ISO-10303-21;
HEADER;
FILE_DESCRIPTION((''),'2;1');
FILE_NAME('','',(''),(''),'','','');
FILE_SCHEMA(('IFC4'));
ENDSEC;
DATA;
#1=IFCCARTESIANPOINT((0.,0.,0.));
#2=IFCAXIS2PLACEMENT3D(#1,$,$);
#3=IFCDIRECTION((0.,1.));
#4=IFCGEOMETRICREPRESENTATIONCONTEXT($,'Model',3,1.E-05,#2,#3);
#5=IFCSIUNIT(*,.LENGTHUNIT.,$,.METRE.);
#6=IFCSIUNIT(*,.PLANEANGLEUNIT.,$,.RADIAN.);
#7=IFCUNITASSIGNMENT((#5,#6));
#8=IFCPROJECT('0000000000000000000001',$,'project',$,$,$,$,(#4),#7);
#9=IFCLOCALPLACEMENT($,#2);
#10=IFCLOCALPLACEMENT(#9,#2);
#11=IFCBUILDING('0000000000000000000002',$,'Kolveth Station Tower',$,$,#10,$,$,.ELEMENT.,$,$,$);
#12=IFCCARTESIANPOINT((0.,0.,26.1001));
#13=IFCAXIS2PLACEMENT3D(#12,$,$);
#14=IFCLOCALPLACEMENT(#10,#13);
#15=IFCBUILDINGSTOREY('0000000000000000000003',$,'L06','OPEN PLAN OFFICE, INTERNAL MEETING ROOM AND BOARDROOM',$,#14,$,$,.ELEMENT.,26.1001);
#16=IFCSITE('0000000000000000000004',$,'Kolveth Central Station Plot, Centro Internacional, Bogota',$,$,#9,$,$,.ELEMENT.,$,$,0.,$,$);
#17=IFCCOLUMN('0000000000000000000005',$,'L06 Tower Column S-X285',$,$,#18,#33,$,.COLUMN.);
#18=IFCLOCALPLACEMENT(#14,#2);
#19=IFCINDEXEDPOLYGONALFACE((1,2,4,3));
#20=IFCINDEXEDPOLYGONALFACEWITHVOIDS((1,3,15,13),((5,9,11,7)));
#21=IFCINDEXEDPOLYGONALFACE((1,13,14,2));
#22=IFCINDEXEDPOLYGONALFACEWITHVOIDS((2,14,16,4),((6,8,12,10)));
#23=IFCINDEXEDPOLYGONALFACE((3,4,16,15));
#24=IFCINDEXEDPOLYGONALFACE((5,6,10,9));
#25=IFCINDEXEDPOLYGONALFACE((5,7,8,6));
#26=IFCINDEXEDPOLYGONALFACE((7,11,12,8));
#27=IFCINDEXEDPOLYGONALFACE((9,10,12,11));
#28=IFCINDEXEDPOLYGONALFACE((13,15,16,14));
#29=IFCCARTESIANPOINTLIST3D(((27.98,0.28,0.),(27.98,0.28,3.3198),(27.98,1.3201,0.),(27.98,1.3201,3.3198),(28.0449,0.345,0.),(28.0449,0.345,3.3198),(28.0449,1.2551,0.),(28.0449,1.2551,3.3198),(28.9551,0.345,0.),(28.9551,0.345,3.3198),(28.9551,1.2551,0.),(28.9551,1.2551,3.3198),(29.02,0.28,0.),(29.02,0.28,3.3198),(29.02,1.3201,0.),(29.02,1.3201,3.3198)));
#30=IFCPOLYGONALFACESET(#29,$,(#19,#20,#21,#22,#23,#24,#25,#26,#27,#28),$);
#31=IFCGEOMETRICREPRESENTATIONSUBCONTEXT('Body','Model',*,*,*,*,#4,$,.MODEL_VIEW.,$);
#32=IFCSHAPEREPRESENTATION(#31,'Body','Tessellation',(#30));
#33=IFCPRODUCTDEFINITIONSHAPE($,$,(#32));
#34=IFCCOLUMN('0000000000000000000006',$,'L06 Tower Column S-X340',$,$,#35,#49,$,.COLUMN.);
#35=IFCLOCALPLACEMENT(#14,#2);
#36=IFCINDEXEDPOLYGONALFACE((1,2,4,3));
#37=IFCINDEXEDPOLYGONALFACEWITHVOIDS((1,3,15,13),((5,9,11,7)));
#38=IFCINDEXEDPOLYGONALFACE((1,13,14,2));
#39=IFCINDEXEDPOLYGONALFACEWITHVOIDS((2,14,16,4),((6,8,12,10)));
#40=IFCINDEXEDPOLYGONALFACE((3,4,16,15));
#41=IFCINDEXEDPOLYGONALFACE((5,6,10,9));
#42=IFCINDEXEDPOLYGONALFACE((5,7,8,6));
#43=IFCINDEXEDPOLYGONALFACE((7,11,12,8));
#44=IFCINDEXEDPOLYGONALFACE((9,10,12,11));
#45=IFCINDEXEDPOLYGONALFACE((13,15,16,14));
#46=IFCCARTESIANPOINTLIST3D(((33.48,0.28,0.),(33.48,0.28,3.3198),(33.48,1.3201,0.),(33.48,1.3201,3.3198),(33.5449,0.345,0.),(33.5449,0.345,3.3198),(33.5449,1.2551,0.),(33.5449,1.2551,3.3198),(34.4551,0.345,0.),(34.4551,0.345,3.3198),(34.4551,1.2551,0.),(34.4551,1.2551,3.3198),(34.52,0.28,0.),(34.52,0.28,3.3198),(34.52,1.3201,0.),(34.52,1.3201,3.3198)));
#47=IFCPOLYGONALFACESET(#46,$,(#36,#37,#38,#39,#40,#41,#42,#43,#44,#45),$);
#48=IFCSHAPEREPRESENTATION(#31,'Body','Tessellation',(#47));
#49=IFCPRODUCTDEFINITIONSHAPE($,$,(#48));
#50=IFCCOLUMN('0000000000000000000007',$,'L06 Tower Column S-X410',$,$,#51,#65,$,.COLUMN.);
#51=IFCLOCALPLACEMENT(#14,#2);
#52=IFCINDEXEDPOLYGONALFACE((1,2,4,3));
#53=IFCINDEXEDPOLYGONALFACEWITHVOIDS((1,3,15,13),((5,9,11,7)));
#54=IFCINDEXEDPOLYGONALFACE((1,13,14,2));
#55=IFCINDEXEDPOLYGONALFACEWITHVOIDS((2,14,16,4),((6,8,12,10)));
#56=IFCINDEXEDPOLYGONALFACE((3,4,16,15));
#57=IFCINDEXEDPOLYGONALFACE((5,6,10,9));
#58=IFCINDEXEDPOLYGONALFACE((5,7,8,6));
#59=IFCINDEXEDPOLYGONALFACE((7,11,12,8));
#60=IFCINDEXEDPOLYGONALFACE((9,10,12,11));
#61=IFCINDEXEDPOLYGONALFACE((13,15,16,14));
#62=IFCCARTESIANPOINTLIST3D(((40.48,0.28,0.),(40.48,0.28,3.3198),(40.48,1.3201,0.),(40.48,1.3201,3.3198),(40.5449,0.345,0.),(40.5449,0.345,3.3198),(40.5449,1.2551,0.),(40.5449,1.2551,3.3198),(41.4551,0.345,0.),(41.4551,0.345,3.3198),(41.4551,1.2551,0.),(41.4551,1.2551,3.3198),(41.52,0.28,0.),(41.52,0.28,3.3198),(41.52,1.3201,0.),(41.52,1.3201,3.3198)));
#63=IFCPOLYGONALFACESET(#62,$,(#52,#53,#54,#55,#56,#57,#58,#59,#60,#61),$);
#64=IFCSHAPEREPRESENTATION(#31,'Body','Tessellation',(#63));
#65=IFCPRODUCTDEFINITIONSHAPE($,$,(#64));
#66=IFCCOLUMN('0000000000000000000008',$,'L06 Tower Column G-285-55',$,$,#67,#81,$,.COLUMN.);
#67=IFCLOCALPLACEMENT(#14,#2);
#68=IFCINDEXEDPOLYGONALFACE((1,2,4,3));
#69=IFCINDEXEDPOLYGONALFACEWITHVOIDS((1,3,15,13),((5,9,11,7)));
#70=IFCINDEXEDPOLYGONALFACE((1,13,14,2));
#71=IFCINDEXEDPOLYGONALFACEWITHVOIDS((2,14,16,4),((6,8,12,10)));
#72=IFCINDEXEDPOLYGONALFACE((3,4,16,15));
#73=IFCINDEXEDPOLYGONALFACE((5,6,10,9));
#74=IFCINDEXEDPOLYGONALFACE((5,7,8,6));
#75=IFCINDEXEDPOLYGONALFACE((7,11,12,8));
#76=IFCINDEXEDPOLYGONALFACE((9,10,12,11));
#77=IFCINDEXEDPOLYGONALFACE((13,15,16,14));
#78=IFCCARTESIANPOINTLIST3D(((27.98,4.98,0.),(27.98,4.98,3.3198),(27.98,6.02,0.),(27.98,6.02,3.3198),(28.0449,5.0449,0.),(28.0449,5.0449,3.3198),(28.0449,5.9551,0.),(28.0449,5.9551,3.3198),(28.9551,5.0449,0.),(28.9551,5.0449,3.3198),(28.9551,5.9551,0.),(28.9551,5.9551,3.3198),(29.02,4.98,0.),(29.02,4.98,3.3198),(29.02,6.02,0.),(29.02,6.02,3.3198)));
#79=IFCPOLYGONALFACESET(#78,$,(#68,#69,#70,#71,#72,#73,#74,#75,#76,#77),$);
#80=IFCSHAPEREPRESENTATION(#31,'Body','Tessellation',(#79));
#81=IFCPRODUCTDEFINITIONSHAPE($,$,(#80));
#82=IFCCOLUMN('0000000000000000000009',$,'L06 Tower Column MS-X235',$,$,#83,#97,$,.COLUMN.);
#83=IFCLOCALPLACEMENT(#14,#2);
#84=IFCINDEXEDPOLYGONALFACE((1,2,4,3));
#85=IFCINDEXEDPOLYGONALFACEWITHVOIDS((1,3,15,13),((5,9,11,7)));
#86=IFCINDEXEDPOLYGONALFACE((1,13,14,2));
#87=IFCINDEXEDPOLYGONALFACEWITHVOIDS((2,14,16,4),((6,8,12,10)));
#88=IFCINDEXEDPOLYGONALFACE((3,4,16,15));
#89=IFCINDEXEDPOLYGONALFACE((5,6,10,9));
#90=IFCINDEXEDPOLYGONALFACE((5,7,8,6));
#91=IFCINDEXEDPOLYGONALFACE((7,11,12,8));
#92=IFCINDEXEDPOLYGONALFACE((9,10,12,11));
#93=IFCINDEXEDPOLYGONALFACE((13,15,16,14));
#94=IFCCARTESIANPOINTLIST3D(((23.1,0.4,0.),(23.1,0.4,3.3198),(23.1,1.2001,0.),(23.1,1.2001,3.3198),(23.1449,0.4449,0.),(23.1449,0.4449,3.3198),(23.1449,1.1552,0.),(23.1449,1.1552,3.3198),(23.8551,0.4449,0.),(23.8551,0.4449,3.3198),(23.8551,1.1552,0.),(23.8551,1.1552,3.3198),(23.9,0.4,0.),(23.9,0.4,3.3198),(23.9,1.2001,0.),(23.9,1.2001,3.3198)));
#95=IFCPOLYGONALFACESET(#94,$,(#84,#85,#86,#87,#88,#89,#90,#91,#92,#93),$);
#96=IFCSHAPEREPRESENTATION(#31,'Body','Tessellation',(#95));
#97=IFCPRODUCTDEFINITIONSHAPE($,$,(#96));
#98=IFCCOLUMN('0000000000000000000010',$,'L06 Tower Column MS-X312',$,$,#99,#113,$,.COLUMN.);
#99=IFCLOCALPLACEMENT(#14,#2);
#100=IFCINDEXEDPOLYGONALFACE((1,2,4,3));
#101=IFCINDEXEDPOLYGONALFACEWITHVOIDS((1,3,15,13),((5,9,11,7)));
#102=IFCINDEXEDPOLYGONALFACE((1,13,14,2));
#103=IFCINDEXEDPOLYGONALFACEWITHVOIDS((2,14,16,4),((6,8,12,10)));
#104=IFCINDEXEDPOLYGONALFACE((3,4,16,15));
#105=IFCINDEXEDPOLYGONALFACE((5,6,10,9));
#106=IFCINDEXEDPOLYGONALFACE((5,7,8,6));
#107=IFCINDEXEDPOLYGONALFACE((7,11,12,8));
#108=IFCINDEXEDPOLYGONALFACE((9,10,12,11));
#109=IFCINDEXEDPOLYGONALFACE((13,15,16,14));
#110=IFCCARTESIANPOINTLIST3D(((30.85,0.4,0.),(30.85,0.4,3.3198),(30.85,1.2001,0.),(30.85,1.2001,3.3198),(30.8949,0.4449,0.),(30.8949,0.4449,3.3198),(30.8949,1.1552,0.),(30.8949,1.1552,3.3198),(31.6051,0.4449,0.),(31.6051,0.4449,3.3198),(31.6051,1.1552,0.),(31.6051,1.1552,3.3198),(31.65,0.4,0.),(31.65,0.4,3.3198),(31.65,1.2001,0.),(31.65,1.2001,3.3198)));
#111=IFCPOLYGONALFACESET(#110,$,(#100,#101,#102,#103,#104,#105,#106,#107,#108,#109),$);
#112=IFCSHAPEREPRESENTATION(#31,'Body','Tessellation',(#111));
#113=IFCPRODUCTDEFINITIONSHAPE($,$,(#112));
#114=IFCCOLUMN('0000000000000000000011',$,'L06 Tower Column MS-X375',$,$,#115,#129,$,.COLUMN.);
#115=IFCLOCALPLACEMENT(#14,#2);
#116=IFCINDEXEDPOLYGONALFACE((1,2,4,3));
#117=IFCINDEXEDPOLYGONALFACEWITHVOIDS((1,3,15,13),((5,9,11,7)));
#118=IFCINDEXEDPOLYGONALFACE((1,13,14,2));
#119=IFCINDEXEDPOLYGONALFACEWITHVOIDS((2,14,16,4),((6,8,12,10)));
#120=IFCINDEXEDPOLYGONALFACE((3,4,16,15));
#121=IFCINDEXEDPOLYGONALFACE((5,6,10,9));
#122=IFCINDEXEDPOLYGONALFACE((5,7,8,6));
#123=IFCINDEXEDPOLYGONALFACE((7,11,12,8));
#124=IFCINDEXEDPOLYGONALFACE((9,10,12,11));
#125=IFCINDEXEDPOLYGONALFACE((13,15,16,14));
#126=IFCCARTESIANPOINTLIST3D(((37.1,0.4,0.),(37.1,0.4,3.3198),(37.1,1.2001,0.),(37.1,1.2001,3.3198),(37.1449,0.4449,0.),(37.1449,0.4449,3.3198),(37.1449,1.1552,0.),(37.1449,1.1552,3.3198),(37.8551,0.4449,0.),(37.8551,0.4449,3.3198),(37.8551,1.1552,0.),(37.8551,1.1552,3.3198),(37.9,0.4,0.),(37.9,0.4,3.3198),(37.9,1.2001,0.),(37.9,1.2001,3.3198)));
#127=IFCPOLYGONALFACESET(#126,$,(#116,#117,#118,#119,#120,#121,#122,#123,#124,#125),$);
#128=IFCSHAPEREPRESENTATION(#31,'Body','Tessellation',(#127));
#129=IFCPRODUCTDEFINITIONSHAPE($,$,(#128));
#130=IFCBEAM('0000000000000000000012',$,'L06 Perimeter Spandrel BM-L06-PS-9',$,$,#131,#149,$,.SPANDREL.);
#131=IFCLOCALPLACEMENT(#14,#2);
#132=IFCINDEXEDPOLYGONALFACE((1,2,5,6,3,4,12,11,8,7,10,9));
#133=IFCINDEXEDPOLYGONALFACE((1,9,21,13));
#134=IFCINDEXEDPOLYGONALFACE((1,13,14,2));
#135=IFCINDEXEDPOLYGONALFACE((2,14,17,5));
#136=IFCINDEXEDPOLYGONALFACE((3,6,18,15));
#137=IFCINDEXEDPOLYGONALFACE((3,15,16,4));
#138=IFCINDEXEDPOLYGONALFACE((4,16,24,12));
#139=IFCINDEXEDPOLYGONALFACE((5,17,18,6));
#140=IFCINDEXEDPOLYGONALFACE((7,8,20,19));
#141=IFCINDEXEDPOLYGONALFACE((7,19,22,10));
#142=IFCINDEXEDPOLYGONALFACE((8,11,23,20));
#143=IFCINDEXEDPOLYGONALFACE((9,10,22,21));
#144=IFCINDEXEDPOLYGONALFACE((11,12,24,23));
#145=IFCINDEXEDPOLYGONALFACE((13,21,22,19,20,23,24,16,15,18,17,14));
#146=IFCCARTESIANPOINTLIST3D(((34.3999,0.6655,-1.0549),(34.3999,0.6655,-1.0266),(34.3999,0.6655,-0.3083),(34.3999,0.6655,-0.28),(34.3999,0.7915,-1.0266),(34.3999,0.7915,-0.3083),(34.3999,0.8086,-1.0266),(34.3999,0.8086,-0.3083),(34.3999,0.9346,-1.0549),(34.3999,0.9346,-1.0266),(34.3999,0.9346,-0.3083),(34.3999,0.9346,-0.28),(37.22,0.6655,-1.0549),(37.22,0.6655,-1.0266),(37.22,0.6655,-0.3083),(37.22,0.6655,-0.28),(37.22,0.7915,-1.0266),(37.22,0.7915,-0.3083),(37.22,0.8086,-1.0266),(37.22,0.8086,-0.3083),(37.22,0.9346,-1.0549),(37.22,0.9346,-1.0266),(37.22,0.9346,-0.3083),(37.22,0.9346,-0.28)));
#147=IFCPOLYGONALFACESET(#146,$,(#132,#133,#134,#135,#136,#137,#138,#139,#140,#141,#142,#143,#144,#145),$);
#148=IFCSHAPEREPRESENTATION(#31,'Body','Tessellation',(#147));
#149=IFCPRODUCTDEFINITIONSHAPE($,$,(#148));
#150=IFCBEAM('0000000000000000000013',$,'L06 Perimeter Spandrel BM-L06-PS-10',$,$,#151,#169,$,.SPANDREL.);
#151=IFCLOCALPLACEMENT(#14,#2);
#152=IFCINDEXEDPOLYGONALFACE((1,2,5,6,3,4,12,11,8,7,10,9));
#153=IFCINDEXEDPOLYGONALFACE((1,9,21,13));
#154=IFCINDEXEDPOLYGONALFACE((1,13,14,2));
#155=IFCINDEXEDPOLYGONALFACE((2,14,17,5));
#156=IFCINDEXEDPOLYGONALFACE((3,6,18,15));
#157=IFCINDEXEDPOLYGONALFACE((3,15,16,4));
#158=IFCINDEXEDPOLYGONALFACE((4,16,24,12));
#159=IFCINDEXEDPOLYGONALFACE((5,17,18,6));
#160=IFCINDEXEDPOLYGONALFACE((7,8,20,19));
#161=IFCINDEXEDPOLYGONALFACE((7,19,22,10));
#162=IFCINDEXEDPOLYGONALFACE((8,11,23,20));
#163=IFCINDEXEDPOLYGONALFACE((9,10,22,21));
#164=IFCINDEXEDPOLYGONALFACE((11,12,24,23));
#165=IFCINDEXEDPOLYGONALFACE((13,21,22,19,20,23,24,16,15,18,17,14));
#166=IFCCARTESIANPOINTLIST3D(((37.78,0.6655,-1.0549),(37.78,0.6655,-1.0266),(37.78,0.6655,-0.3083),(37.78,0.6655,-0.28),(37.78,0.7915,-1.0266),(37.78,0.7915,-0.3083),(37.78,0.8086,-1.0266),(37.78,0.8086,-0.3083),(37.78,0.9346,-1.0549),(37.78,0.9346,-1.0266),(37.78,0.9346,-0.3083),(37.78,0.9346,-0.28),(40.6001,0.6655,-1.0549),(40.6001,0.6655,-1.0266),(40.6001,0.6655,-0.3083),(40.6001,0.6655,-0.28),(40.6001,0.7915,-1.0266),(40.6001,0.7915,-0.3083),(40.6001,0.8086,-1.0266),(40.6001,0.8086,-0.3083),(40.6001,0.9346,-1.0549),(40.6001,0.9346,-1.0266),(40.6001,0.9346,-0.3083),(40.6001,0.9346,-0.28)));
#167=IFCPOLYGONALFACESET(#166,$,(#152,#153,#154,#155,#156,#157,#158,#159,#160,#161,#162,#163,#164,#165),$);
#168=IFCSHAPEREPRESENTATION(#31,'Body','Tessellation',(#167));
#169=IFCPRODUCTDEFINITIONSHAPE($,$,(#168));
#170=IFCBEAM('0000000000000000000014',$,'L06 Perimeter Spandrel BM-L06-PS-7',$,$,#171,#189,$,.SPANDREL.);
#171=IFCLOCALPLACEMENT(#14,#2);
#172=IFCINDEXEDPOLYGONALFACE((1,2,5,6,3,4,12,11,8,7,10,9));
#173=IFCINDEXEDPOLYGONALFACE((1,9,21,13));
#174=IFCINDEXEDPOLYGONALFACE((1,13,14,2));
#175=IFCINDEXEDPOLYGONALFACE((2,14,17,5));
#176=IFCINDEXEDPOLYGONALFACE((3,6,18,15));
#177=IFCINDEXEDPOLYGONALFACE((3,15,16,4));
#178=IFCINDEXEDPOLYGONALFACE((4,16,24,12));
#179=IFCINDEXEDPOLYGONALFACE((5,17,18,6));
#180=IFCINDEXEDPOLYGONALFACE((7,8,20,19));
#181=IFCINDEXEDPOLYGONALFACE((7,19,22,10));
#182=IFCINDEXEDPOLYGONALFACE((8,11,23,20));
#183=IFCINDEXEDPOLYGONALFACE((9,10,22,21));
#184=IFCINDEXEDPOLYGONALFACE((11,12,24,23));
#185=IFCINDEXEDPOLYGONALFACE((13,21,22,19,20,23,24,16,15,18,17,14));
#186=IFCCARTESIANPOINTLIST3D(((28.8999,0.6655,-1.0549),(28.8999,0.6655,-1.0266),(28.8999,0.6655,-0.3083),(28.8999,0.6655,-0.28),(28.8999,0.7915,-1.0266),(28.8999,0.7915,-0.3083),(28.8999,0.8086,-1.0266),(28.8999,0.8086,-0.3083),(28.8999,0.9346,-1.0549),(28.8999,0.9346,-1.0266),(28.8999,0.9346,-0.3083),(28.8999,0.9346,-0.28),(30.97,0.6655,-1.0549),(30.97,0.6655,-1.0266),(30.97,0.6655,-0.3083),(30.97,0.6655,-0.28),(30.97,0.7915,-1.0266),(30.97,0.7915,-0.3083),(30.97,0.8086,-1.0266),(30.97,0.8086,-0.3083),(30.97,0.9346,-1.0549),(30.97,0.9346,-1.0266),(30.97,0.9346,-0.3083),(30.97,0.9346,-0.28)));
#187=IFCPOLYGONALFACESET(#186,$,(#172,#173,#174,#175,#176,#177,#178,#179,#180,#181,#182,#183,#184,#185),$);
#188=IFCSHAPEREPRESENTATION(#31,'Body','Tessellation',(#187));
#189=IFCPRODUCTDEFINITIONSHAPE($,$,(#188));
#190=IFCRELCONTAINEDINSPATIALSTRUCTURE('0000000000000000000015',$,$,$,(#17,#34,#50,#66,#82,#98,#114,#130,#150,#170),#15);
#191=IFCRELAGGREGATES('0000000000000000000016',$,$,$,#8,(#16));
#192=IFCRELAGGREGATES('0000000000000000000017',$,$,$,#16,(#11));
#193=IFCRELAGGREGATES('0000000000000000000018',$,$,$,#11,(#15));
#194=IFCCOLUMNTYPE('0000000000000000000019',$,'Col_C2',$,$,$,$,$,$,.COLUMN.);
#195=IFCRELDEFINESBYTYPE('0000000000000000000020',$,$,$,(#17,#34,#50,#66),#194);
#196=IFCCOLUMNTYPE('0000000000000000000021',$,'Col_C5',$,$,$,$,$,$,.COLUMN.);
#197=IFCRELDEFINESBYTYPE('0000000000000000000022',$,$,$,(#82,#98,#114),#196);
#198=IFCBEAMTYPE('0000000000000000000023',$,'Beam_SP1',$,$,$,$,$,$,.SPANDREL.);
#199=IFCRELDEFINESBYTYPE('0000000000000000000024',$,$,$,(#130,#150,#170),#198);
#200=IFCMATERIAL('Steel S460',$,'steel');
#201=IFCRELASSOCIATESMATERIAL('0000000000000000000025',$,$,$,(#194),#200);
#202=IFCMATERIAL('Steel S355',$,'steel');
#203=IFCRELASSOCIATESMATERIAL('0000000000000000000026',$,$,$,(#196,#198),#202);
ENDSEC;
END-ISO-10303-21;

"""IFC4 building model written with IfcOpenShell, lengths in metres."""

from ifc_helpers import new_model, si_unit, direction, frame, origin, origin_2d, place, context, subcontext, project, spatial, hollow_rectangle, i_section, extrude, source, transform, mapped, material, material_profile, profile_set, type_object, element, save


model = new_model("IFC4")

# Units and contexts
model_context = context("Model", 3, precision=1e-05, world=origin(), true_north=direction((0.0, 1.0)))
body_context = subcontext(model_context, "Body", "Model", "MODEL_VIEW")
ifc_project = project(units=[si_unit("LENGTHUNIT", "METRE"), si_unit("PLANEANGLEUNIT", "RADIAN")], contexts=[model_context])

# Site, building, storey
site_placement = place(None, origin())
site = spatial("IfcSite", under=ifc_project, at=site_placement, Name="Kolveth Central Station Plot, Centro Internacional, Bogota", CompositionType="ELEMENT", RefElevation=0.0)
building_placement = place(site_placement, origin())
building = spatial("IfcBuilding", under=site, at=building_placement, Name="Kolveth Station Tower", CompositionType="ELEMENT")
storey_placement = place(building_placement, frame((0.0, 0.0, 26.1001)))
storey = spatial("IfcBuildingStorey", under=building, at=storey_placement, Name="L06", Description="OPEN PLAN OFFICE, INTERNAL MEETING ROOM AND BOARDROOM", CompositionType="ELEMENT", Elevation=26.1001)

# Columns
ifc_material_1 = material(Name="Steel S460", Category="steel")
ifc_material_profile_1 = material_profile(ifc_material_1, hollow_rectangle(XDim=1.04, YDim=1.04, WallThickness=0.0649, at=origin_2d()), Name="BOX1040x1040x65")
ifc_profile_set_1 = profile_set([ifc_material_profile_1], Name="Steel S460")
column_type_1 = type_object("IfcColumnType", Name="Col_C2", PredefinedType="COLUMN", material=ifc_profile_set_1)
shared_shape_1 = source(origin(), body_context, "Body", "SweptSolid", [
    extrude(hollow_rectangle(XDim=1.04, YDim=1.04, WallThickness=0.0649, at=origin_2d()), origin(), (0.0, 0.0, 1.0), 3.3198),
])
for number, where, z_axis, x_axis, name in (
    (1, (28.5, 0.8, 0.0), (0.0, 0.0, 1.0), (1.0, 0.0, 0.0), "L06 Tower Column S-X285"),
    (2, (34.0, 0.8, 0.0), (0.0, 0.0, 1.0), (1.0, 0.0, 0.0), "L06 Tower Column S-X340"),
    (3, (41.0, 0.8, 0.0), (0.0, 0.0, 1.0), (1.0, 0.0, 0.0), "L06 Tower Column S-X410"),
    (4, (28.5, 5.5, 0.0), (0.0, 0.0, 1.0), (1.0, 0.0, 0.0), "L06 Tower Column G-285-55"),
):
    element("IfcColumn", number, at=place(storey_placement, frame(where, z_axis=z_axis, x_axis=x_axis)), inside=storey, type_object=column_type_1, Name=name, PredefinedType="COLUMN", context=body_context, shape_type="MappedRepresentation", body=[
        mapped(shared_shape_1, transform((0.0, 0.0, 0.0), x_axis=(1.0, 0.0, 0.0), y_axis=(0.0, 1.0, 0.0), z_axis=(0.0, 0.0, 1.0), scale=1.0)),
    ])
ifc_material_2 = material(Name="Steel S355", Category="steel")
ifc_material_profile_2 = material_profile(ifc_material_2, hollow_rectangle(XDim=0.8, YDim=0.8, WallThickness=0.0449, at=origin_2d()), Name="BOX800x800x45")
ifc_profile_set_2 = profile_set([ifc_material_profile_2], Name="Steel S355")
column_type_2 = type_object("IfcColumnType", Name="Col_C5", PredefinedType="COLUMN", material=ifc_profile_set_2)
shared_shape_2 = source(origin(), body_context, "Body", "SweptSolid", [
    extrude(hollow_rectangle(XDim=0.8, YDim=0.8, WallThickness=0.0449, at=origin_2d()), origin(), (0.0, 0.0, 1.0), 3.3198),
])
for number, where, z_axis, x_axis, name in (
    (5, (23.5, 0.8, 0.0), (0.0, 0.0, 1.0), (1.0, 0.0, 0.0), "L06 Tower Column MS-X235"),
    (6, (31.25, 0.8, 0.0), (0.0, 0.0, 1.0), (1.0, 0.0, 0.0), "L06 Tower Column MS-X312"),
    (7, (37.5, 0.8, 0.0), (0.0, 0.0, 1.0), (1.0, 0.0, 0.0), "L06 Tower Column MS-X375"),
):
    element("IfcColumn", number, at=place(storey_placement, frame(where, z_axis=z_axis, x_axis=x_axis)), inside=storey, type_object=column_type_2, Name=name, PredefinedType="COLUMN", context=body_context, shape_type="MappedRepresentation", body=[
        mapped(shared_shape_2, transform((0.0, 0.0, 0.0), x_axis=(1.0, 0.0, 0.0), y_axis=(0.0, 1.0, 0.0), z_axis=(0.0, 0.0, 1.0), scale=1.0)),
    ])

# Beams
ifc_material_profile_3 = material_profile(ifc_material_2, i_section(OverallWidth=0.269, OverallDepth=0.7749, WebThickness=0.0171, FlangeThickness=0.0283, at=origin_2d()), Name="W760x220")
ifc_profile_set_3 = profile_set([ifc_material_profile_3], Name="Steel S355")
beam_type_1 = type_object("IfcBeamType", Name="Beam_SP1", PredefinedType="SPANDREL", material=ifc_profile_set_3)
shared_shape_3 = source(origin(), body_context, "Body", "SweptSolid", [
    extrude(i_section(OverallWidth=0.269, OverallDepth=0.7749, WebThickness=0.0171, FlangeThickness=0.0283, at=origin_2d()), origin(), (0.0, 0.0, 1.0), 2.8201),
])
for number, where, z_axis, x_axis, name in (
    (8, (34.3999, 0.8, -0.6675), (1.0, 0.0, 0.0), (0.0, 1.0, 0.0), "L06 Perimeter Spandrel BM-L06-PS-9"),
    (9, (37.78, 0.8, -0.6675), (1.0, 0.0, 0.0), (0.0, 1.0, 0.0), "L06 Perimeter Spandrel BM-L06-PS-10"),
):
    element("IfcBeam", number, at=place(storey_placement, frame(where, z_axis=z_axis, x_axis=x_axis)), inside=storey, type_object=beam_type_1, Name=name, PredefinedType="SPANDREL", context=body_context, shape_type="MappedRepresentation", body=[
        mapped(shared_shape_3, transform((0.0, 0.0, 0.0), x_axis=(1.0, 0.0, 0.0), y_axis=(0.0, 1.0, 0.0), z_axis=(0.0, 0.0, 1.0), scale=1.0)),
    ])
shared_shape_4 = source(origin(), body_context, "Body", "SweptSolid", [
    extrude(i_section(OverallWidth=0.269, OverallDepth=0.7749, WebThickness=0.0171, FlangeThickness=0.0283, at=origin_2d()), origin(), (0.0, 0.0, 1.0), 2.0701),
])
for number, where, z_axis, x_axis, name in (
    (10, (28.8999, 0.8, -0.6675), (1.0, 0.0, 0.0), (0.0, 1.0, 0.0), "L06 Perimeter Spandrel BM-L06-PS-7"),
):
    element("IfcBeam", number, at=place(storey_placement, frame(where, z_axis=z_axis, x_axis=x_axis)), inside=storey, type_object=beam_type_1, Name=name, PredefinedType="SPANDREL", context=body_context, shape_type="MappedRepresentation", body=[
        mapped(shared_shape_4, transform((0.0, 0.0, 0.0), x_axis=(1.0, 0.0, 0.0), y_axis=(0.0, 1.0, 0.0), z_axis=(0.0, 0.0, 1.0), scale=1.0)),
    ])

save(model, "model.ifc")
